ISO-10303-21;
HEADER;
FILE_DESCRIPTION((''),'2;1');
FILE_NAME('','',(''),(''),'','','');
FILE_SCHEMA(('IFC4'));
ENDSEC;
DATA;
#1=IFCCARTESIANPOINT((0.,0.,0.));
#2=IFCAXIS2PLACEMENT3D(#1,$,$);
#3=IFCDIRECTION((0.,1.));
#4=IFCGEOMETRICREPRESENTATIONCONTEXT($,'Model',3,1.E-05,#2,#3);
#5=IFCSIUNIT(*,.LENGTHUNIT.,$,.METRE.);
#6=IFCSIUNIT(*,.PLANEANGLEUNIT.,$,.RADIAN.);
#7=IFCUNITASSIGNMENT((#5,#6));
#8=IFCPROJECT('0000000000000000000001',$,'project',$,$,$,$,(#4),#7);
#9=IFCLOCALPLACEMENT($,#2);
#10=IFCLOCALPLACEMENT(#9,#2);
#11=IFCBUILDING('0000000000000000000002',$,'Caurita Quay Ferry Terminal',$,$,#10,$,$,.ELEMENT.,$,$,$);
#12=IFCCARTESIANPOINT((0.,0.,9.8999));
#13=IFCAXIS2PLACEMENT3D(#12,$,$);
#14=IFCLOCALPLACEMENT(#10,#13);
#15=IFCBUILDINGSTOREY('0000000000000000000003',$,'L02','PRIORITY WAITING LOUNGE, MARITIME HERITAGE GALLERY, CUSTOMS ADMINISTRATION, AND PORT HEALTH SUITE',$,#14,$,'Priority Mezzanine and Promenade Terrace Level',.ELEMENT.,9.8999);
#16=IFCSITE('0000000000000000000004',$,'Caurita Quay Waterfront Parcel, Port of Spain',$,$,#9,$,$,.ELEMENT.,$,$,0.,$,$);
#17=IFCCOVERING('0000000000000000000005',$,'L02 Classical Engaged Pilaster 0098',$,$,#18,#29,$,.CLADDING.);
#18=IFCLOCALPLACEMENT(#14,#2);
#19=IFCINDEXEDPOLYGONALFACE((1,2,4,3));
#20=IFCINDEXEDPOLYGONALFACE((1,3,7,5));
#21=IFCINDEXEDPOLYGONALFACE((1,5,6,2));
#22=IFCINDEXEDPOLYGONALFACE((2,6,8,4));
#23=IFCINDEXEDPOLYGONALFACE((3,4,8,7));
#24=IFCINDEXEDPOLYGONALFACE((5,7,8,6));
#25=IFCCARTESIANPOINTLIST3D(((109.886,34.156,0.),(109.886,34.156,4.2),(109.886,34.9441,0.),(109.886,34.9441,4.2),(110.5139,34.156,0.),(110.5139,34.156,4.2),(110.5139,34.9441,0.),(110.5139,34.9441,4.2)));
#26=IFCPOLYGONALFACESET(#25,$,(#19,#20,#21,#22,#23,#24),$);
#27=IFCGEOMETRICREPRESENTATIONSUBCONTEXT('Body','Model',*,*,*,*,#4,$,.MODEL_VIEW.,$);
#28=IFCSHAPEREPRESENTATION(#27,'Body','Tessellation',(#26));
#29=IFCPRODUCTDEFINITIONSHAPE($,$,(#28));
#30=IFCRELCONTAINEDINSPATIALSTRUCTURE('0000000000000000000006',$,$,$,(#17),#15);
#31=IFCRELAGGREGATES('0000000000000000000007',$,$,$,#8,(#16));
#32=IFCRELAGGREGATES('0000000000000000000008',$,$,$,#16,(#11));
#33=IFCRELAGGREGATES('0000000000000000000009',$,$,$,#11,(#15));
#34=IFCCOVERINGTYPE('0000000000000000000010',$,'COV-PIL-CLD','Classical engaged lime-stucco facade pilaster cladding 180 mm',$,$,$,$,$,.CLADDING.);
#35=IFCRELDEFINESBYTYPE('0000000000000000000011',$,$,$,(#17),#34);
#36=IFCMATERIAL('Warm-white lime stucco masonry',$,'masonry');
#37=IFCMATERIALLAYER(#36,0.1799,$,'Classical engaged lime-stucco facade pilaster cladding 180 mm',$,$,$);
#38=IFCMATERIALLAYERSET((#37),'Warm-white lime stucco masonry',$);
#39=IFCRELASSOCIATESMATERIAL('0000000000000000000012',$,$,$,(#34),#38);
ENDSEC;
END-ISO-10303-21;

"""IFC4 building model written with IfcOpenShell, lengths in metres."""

from ifc_helpers import new_model, si_unit, direction, frame, origin, origin_2d, place, context, subcontext, project, spatial, rectangle, extrude, material, layer, layer_set, type_object, element, save


model = new_model("IFC4")

# Units and contexts
model_context = context("Model", 3, precision=1e-05, world=origin(), true_north=direction((0.0, 1.0)))
body_context = subcontext(model_context, "Body", "Model", "MODEL_VIEW")
ifc_project = project(units=[si_unit("LENGTHUNIT", "METRE"), si_unit("PLANEANGLEUNIT", "RADIAN")], contexts=[model_context])

# Site, building, storey
site_placement = place(None, origin())
site = spatial("IfcSite", under=ifc_project, at=site_placement, Name="Caurita Quay Waterfront Parcel, Port of Spain", CompositionType="ELEMENT", RefElevation=0.0)
building_placement = place(site_placement, origin())
building = spatial("IfcBuilding", under=site, at=building_placement, Name="Caurita Quay Ferry Terminal", CompositionType="ELEMENT")
storey_placement = place(building_placement, frame((0.0, 0.0, 9.8999)))
storey = spatial("IfcBuildingStorey", under=building, at=storey_placement, Name="L02", Description="PRIORITY WAITING LOUNGE, MARITIME HERITAGE GALLERY, CUSTOMS ADMINISTRATION, AND PORT HEALTH SUITE", LongName="Priority Mezzanine and Promenade Terrace Level", CompositionType="ELEMENT", Elevation=9.8999)

# Covering
ifc_material_1 = material(Name="Warm-white lime stucco masonry", Category="masonry")
ifc_layer_1 = layer(ifc_material_1, 0.1799, Name="Classical engaged lime-stucco facade pilaster cladding 180 mm")
ifc_layer_set_1 = layer_set([ifc_layer_1], Name="Warm-white lime stucco masonry")
covering_type = type_object("IfcCoveringType", Name="COV-PIL-CLD", Description="Classical engaged lime-stucco facade pilaster cladding 180 mm", PredefinedType="CLADDING", material=ifc_layer_set_1)
covering_placement = place(storey_placement, frame((110.2, 34.55, 0.0), z_axis=(0.0, 0.0, 1.0), x_axis=(1.0, 0.0, 0.0)))
element("IfcCovering", 1, at=covering_placement, inside=storey, type_object=covering_type, Name="L02 Classical Engaged Pilaster 0098", PredefinedType="CLADDING", context=body_context, shape_type="SweptSolid", body=[
    extrude(rectangle(XDim=0.6279, YDim=0.7881, at=origin_2d()), origin(), (0.0, 0.0, 1.0), 4.2),
])

save(model, "model.ifc")
